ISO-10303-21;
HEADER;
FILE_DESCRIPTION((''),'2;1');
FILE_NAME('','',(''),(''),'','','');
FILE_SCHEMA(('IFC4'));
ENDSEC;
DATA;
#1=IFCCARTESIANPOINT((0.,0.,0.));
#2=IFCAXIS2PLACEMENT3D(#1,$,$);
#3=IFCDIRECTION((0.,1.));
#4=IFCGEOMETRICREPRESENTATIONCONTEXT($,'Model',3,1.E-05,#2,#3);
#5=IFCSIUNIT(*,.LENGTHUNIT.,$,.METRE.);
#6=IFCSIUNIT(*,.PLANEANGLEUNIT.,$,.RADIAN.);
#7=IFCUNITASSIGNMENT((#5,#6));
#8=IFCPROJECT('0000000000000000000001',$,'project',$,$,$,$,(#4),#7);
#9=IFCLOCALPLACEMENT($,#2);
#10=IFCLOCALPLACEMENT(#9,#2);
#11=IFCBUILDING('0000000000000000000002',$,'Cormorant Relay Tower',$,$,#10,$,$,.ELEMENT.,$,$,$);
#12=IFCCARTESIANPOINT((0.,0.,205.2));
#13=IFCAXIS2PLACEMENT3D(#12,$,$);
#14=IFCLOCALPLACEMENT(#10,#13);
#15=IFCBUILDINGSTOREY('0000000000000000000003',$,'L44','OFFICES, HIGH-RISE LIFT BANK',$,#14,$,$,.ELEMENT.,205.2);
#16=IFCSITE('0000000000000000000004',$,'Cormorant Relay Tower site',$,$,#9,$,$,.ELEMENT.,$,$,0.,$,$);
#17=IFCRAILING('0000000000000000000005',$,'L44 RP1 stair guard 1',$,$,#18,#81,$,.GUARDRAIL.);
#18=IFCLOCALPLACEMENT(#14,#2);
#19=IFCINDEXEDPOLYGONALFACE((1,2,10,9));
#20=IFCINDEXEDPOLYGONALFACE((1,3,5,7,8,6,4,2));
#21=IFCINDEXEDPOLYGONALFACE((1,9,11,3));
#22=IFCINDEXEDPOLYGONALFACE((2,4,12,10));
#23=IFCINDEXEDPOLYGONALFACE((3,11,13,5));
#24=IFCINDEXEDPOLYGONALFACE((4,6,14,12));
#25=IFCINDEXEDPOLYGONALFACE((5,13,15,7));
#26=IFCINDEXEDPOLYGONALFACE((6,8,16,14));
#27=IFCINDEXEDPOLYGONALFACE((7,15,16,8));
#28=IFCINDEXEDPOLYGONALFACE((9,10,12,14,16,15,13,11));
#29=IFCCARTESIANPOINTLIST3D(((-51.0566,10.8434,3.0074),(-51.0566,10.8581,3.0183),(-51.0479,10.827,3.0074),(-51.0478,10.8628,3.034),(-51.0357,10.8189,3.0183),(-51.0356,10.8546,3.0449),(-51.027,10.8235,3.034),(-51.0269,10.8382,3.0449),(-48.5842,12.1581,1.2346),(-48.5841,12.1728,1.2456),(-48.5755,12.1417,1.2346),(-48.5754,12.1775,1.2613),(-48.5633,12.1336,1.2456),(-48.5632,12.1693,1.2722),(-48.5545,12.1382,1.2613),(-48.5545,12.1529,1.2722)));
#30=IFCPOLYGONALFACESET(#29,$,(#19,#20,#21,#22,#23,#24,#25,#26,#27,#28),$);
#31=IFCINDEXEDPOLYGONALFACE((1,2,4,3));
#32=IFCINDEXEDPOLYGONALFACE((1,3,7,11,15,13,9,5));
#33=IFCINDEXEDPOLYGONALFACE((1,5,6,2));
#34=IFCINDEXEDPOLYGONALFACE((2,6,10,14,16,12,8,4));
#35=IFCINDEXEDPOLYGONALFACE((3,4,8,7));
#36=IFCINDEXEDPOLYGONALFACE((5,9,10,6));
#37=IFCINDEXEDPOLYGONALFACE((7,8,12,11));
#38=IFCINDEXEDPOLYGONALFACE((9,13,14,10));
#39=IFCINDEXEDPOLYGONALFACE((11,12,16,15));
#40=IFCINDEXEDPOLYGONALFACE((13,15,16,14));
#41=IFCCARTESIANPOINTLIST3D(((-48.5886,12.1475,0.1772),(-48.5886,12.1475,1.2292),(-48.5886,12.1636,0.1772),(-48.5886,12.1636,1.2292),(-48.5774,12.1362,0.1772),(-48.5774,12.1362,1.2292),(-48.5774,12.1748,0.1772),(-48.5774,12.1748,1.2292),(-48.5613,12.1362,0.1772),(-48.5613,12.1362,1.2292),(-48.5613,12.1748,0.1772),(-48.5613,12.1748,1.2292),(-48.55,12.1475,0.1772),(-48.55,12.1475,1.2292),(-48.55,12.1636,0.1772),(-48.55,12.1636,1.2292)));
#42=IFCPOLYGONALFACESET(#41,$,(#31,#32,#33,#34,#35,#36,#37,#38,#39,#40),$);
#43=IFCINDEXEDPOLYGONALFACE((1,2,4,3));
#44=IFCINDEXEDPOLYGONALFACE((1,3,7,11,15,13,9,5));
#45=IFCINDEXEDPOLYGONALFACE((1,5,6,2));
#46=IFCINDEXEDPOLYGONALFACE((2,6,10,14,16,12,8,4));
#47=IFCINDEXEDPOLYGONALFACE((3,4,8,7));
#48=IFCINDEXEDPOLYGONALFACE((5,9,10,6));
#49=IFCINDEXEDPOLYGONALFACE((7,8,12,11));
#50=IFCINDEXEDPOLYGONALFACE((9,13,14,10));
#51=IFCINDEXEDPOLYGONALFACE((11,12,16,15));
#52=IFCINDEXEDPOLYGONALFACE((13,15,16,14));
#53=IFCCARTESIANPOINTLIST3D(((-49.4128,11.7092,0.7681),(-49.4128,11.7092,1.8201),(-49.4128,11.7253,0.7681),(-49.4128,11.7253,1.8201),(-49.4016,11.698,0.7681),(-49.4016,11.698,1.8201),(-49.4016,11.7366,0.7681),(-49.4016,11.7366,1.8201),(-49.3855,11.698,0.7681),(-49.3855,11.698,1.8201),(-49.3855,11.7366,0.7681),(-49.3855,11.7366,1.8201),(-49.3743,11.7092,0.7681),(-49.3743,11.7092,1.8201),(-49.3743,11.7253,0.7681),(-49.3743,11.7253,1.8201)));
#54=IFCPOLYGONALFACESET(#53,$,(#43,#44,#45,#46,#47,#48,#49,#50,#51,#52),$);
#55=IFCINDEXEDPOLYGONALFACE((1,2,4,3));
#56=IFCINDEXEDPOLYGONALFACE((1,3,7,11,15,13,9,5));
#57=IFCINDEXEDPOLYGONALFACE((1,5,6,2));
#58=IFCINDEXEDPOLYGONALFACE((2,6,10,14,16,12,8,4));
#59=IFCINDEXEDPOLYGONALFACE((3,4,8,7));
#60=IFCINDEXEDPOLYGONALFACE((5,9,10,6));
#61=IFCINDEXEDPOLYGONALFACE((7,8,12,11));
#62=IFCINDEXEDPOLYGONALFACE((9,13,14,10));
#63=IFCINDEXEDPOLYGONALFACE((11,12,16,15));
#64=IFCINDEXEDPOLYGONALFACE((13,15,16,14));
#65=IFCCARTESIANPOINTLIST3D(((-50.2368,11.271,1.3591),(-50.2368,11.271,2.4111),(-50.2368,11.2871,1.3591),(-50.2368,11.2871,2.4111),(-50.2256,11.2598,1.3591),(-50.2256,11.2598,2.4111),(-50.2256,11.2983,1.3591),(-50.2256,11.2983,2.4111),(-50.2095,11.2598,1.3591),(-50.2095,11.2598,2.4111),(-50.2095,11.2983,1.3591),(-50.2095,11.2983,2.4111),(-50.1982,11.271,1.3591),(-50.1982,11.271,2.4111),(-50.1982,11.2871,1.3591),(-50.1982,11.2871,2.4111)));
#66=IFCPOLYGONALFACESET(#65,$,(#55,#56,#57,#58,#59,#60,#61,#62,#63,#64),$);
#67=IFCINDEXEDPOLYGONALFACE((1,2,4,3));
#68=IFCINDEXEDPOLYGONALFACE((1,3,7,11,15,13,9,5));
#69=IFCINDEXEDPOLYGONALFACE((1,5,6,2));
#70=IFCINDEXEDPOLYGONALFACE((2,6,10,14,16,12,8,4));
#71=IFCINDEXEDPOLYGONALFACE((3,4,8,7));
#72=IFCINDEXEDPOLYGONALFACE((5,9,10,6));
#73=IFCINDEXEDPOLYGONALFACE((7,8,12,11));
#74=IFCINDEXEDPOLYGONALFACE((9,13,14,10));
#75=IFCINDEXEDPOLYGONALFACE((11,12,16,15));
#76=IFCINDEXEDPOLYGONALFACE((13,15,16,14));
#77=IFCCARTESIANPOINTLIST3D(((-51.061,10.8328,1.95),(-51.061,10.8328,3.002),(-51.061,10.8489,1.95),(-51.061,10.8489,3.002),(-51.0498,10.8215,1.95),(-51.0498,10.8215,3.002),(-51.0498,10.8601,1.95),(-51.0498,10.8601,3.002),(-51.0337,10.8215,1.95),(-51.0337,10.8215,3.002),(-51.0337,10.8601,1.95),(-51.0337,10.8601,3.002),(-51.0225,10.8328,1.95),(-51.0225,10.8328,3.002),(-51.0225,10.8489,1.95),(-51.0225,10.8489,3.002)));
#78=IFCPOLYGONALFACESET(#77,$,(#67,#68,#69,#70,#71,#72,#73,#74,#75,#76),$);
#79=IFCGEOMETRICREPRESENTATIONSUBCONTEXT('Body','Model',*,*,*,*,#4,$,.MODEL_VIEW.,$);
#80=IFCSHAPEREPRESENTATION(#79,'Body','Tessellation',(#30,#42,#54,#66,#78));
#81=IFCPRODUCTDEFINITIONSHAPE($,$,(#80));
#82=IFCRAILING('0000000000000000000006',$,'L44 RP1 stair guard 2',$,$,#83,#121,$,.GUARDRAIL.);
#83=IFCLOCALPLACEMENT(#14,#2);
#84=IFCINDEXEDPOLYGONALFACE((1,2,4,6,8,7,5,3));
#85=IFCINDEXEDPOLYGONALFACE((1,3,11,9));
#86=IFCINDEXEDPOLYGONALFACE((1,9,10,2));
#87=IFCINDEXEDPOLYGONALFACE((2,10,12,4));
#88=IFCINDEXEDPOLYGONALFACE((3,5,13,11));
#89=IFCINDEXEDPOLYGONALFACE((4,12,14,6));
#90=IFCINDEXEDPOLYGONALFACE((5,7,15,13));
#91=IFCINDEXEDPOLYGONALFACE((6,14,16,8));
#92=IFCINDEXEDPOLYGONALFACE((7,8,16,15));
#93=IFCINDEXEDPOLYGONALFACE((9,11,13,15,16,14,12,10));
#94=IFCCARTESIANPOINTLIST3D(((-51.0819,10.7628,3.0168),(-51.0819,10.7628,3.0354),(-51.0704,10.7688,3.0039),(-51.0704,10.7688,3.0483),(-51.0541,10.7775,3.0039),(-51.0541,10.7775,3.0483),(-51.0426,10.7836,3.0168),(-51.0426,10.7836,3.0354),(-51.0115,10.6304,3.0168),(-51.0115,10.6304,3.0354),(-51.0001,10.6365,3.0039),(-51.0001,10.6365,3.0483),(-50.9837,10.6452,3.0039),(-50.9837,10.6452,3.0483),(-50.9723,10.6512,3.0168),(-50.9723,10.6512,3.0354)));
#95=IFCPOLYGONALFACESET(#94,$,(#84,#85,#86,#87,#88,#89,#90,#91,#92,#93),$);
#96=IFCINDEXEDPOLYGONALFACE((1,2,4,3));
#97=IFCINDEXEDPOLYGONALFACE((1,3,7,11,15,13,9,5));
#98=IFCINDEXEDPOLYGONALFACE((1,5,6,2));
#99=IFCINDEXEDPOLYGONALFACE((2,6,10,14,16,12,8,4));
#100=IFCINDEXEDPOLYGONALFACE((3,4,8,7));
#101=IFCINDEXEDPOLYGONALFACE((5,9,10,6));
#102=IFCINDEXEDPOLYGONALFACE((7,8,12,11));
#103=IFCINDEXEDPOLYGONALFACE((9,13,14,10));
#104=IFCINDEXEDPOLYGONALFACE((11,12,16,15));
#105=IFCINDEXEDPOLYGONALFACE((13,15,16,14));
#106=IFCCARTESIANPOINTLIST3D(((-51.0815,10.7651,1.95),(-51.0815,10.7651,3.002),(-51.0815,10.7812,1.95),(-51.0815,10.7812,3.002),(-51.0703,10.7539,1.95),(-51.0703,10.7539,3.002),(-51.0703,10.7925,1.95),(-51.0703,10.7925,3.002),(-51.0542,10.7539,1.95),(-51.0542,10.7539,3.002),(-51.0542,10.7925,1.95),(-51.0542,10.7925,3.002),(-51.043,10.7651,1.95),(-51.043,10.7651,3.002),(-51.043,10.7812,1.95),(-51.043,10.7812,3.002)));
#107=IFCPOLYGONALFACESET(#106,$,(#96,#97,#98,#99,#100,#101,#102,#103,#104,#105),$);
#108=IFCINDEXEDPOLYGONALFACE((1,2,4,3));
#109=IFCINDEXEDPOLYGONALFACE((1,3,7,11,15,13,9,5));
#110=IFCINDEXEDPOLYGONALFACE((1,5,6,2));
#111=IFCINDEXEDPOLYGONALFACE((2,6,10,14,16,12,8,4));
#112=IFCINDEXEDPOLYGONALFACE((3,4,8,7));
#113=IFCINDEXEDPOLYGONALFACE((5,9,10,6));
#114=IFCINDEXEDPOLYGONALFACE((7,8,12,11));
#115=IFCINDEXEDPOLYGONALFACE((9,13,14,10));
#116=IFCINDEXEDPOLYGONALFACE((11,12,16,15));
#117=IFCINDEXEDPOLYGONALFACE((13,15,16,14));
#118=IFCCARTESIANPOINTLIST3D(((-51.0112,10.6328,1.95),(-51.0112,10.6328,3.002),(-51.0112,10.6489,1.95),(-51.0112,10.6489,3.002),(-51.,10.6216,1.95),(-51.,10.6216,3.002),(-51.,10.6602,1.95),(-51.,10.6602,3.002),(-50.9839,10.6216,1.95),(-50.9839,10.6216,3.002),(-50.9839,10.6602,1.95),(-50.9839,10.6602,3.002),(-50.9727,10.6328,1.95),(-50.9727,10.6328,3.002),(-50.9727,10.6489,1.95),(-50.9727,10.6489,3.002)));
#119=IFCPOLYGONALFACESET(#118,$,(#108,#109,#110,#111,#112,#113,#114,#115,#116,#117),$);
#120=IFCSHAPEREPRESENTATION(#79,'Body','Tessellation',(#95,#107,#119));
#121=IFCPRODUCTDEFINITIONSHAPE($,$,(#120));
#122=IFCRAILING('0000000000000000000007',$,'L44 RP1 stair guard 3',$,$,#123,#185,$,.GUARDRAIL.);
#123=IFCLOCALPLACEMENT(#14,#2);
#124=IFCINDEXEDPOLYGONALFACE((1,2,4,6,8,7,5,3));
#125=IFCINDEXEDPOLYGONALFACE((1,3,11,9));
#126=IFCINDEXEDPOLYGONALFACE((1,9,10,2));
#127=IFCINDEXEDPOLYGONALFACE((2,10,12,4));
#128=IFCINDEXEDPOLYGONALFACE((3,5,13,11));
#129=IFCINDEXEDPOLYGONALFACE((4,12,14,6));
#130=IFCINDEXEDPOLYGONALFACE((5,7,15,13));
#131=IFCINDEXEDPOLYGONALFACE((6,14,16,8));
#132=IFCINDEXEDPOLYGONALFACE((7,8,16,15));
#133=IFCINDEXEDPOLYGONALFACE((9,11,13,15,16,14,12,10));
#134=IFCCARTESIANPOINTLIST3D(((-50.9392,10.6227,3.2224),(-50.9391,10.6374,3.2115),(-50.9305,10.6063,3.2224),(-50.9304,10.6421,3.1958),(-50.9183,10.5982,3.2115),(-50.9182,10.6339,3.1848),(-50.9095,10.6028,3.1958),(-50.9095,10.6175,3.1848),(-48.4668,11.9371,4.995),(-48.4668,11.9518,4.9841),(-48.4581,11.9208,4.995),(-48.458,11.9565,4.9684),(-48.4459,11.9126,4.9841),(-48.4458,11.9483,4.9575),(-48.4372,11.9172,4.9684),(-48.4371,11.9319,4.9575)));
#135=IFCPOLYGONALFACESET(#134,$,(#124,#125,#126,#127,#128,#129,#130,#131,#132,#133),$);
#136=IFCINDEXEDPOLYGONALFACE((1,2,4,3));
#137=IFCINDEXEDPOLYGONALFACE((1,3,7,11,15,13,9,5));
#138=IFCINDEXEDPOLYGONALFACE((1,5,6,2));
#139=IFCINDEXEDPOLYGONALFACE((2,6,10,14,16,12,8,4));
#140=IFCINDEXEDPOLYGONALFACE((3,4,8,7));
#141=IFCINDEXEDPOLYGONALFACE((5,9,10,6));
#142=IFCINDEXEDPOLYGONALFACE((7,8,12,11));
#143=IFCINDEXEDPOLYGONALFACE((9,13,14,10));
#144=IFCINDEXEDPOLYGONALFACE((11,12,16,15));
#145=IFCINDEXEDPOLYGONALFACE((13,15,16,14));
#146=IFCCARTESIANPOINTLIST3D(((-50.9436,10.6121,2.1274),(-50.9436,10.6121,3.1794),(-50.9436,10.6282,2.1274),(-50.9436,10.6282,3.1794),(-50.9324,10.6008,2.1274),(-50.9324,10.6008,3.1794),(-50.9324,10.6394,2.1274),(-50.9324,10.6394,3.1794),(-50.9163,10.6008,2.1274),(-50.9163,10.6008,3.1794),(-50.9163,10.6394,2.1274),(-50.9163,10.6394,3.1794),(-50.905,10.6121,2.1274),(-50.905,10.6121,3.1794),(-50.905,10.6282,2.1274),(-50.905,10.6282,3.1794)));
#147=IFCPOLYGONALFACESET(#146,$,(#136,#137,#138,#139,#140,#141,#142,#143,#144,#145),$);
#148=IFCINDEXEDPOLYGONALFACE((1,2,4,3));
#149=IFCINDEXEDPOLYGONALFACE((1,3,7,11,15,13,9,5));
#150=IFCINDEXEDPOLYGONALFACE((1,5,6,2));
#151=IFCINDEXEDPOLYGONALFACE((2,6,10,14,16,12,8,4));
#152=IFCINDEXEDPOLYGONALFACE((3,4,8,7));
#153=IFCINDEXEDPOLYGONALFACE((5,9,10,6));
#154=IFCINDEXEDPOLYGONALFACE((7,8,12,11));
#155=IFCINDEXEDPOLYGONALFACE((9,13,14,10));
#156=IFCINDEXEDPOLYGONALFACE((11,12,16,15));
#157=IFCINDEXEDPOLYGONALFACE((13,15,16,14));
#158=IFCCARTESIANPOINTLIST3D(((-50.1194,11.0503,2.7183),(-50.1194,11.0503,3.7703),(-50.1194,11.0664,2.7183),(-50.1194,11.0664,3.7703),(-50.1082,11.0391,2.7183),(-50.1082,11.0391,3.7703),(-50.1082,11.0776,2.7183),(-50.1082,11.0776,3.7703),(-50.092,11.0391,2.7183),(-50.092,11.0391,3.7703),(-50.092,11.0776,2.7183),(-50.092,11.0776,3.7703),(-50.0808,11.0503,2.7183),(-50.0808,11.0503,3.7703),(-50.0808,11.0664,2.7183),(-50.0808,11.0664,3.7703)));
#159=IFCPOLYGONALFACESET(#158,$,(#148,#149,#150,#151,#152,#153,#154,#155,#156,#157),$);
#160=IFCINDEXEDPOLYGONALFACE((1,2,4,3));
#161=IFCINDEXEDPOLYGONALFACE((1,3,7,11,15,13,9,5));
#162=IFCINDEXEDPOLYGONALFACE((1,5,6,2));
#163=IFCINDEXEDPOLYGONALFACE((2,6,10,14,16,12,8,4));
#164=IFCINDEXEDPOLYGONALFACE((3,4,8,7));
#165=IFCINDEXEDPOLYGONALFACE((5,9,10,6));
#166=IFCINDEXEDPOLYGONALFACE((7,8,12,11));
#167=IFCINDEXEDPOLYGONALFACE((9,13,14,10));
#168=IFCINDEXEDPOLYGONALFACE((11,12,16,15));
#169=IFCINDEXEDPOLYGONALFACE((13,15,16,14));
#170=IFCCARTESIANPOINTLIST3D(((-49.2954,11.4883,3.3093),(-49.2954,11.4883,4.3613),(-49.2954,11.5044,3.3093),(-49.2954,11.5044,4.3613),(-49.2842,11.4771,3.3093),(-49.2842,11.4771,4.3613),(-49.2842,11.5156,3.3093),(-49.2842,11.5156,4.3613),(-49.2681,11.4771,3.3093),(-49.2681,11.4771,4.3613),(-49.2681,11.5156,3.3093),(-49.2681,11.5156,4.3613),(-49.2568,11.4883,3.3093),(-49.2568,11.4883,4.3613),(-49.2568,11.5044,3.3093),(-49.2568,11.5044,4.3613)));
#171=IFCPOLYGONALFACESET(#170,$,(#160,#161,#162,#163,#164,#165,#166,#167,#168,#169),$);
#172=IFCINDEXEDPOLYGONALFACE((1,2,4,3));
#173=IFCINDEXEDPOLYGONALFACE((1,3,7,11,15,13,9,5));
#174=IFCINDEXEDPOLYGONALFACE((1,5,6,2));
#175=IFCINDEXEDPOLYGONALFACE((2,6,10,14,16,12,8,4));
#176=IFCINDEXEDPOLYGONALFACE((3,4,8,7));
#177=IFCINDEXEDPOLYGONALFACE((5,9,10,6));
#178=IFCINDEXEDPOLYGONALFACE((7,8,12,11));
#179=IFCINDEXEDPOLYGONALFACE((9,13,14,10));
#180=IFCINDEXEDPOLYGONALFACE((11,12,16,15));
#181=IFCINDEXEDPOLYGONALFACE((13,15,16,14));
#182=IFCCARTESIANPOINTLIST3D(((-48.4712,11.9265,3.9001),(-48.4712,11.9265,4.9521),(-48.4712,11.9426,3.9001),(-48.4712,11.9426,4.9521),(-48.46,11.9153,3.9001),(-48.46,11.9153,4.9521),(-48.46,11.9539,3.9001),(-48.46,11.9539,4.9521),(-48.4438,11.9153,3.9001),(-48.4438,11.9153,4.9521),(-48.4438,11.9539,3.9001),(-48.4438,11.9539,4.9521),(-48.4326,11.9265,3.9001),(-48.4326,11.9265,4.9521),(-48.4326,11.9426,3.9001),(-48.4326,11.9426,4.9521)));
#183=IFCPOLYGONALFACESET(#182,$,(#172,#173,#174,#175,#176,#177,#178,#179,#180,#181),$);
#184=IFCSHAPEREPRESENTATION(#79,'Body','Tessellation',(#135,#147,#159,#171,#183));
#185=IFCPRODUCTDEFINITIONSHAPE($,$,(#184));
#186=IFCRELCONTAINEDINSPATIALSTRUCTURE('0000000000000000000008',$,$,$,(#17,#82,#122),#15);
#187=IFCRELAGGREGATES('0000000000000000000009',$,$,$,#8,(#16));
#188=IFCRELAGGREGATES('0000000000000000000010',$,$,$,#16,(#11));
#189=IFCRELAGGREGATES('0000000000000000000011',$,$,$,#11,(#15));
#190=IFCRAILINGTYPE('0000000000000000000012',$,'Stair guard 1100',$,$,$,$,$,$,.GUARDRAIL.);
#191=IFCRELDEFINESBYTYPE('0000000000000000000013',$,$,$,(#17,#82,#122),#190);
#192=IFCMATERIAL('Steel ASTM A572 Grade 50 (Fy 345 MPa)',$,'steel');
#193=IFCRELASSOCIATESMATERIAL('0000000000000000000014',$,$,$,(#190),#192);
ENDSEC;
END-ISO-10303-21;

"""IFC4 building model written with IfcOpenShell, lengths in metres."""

from ifc_helpers import new_model, si_unit, direction, frame, origin, place, context, subcontext, project, spatial, polyline, outline, extrude, material, type_object, element, save


model = new_model("IFC4")

# Units and contexts
model_context = context("Model", 3, precision=1e-05, world=origin(), true_north=direction((0.0, 1.0)))
body_context = subcontext(model_context, "Body", "Model", "MODEL_VIEW")
ifc_project = project(units=[si_unit("LENGTHUNIT", "METRE"), si_unit("PLANEANGLEUNIT", "RADIAN")], contexts=[model_context])

# Site, building, storey
site_placement = place(None, origin())
site = spatial("IfcSite", under=ifc_project, at=site_placement, Name="Cormorant Relay Tower site", CompositionType="ELEMENT", RefElevation=0.0)
building_placement = place(site_placement, origin())
building = spatial("IfcBuilding", under=site, at=building_placement, Name="Cormorant Relay Tower", CompositionType="ELEMENT")
storey_placement = place(building_placement, frame((0.0, 0.0, 205.2)))
storey = spatial("IfcBuildingStorey", under=building, at=storey_placement, Name="L44", Description="OFFICES, HIGH-RISE LIFT BANK", CompositionType="ELEMENT", Elevation=205.2)

# Railings
ifc_material_1 = material(Name="Steel ASTM A572 Grade 50 (Fy 345 MPa)", Category="steel")
railing_type_1 = type_object("IfcRailingType", Name="Stair guard 1100", PredefinedType="GUARDRAIL", material=ifc_material_1)
railing_1_placement = place(storey_placement, frame((-48.5693, 12.1555, 0.1772)))
element("IfcRailing", 1, at=railing_1_placement, inside=storey, type_object=railing_type_1, Name="L44 RP1 stair guard 1", PredefinedType="GUARDRAIL", context=body_context, shape_type="SweptSolid", body=[
    extrude(outline(polyline([(0.0222, 0.0093), (0.0093, 0.0222), (-0.0093, 0.0222), (-0.0222, 0.0093), (-0.0222, -0.0093), (-0.0093, -0.0222), (0.0093, -0.0222), (0.0222, -0.0093), (0.0222, 0.0093)])), frame((0.0, 0.0, 1.0762), z_axis=(-0.746012, -0.39669, 0.534886), x_axis=(0.469497, -0.882934, 0.0)), (0.0, 0.0, 1.0), 3.3142),
    extrude(outline(polyline([(0.0193, 0.0081), (0.0081, 0.0193), (-0.0081, 0.0193), (-0.0193, 0.0081), (-0.0193, -0.0081), (-0.0081, -0.0193), (0.0081, -0.0193), (0.0193, -0.0081), (0.0193, 0.0081)])), origin(), (0.0, 0.0, 1.0), 1.052),
    extrude(outline(polyline([(0.0193, 0.0081), (0.0081, 0.0193), (-0.0081, 0.0193), (-0.0193, 0.0081), (-0.0193, -0.0081), (-0.0081, -0.0193), (0.0081, -0.0193), (0.0193, -0.0081), (0.0193, 0.0081)])), frame((-0.8242, -0.4382, 0.5908)), (0.0, 0.0, 1.0), 1.052),
    extrude(outline(polyline([(0.0193, 0.0081), (0.0081, 0.0193), (-0.0081, 0.0193), (-0.0193, 0.0081), (-0.0193, -0.0081), (-0.0081, -0.0193), (0.0081, -0.0193), (0.0193, -0.0081), (0.0193, 0.0081)])), frame((-1.6482, -0.8765, 1.1819)), (0.0, 0.0, 1.0), 1.052),
    extrude(outline(polyline([(0.0193, 0.0081), (0.0081, 0.0193), (-0.0081, 0.0193), (-0.0193, 0.0081), (-0.0193, -0.0081), (-0.0081, -0.0193), (0.0081, -0.0193), (0.0193, -0.0081), (0.0193, 0.0081)])), frame((-2.4724, -1.3147, 1.7727)), (0.0, 0.0, 1.0), 1.052),
])
railing_2_placement = place(storey_placement, frame((-51.0623, 10.7732, 1.95)))
element("IfcRailing", 2, at=railing_2_placement, inside=storey, type_object=railing_type_1, Name="L44 RP1 stair guard 2", PredefinedType="GUARDRAIL", context=body_context, shape_type="SweptSolid", body=[
    extrude(outline(polyline([(0.0222, 0.0093), (0.0093, 0.0222), (-0.0093, 0.0222), (-0.0222, 0.0093), (-0.0222, -0.0093), (-0.0093, -0.0222), (0.0093, -0.0222), (0.0222, -0.0093), (0.0222, 0.0093)])), frame((0.0, 0.0, 1.0762), z_axis=(0.469235, -0.883074, 0.0), x_axis=(0.883074, 0.469235, 0.0)), (0.0, 0.0, 1.0), 0.1499),
    extrude(outline(polyline([(0.0193, 0.0081), (0.0081, 0.0193), (-0.0081, 0.0193), (-0.0193, 0.0081), (-0.0193, -0.0081), (-0.0081, -0.0193), (0.0081, -0.0193), (0.0193, -0.0081), (0.0193, 0.0081)])), origin(), (0.0, 0.0, 1.0), 1.052),
    extrude(outline(polyline([(0.0193, 0.0081), (0.0081, 0.0193), (-0.0081, 0.0193), (-0.0193, 0.0081), (-0.0193, -0.0081), (-0.0081, -0.0193), (0.0081, -0.0193), (0.0193, -0.0081), (0.0193, 0.0081)])), frame((0.0703, -0.1323, 0.0)), (0.0, 0.0, 1.0), 1.052),
])
railing_3_placement = place(storey_placement, frame((-50.9243, 10.6201, 2.1274)))
element("IfcRailing", 3, at=railing_3_placement, inside=storey, type_object=railing_type_1, Name="L44 RP1 stair guard 3", PredefinedType="GUARDRAIL", context=body_context, shape_type="SweptSolid", body=[
    extrude(outline(polyline([(0.0222, 0.0093), (0.0093, 0.0222), (-0.0093, 0.0222), (-0.0222, 0.0093), (-0.0222, -0.0093), (-0.0093, -0.0222), (0.0093, -0.0222), (0.0222, -0.0093), (0.0222, 0.0093)])), frame((0.0, 0.0, 1.0762), z_axis=(0.746034, 0.396627, 0.534902), x_axis=(-0.469429, 0.88297, 0.0)), (0.0, 0.0, 1.0), 3.314),
    extrude(outline(polyline([(0.0193, 0.0081), (0.0081, 0.0193), (-0.0081, 0.0193), (-0.0193, 0.0081), (-0.0193, -0.0081), (-0.0081, -0.0193), (0.0081, -0.0193), (0.0193, -0.0081), (0.0193, 0.0081)])), origin(), (0.0, 0.0, 1.0), 1.052),
    extrude(outline(polyline([(0.0193, 0.0081), (0.0081, 0.0193), (-0.0081, 0.0193), (-0.0193, 0.0081), (-0.0193, -0.0081), (-0.0081, -0.0193), (0.0081, -0.0193), (0.0193, -0.0081), (0.0193, 0.0081)])), frame((0.8242, 0.4382, 0.5908)), (0.0, 0.0, 1.0), 1.052),
    extrude(outline(polyline([(0.0193, 0.0081), (0.0081, 0.0193), (-0.0081, 0.0193), (-0.0193, 0.0081), (-0.0193, -0.0081), (-0.0081, -0.0193), (0.0081, -0.0193), (0.0193, -0.0081), (0.0193, 0.0081)])), frame((1.6482, 0.8762, 1.1819)), (0.0, 0.0, 1.0), 1.052),
    extrude(outline(polyline([(0.0193, 0.0081), (0.0081, 0.0193), (-0.0081, 0.0193), (-0.0193, 0.0081), (-0.0193, -0.0081), (-0.0081, -0.0193), (0.0081, -0.0193), (0.0193, -0.0081), (0.0193, 0.0081)])), frame((2.4724, 1.3145, 1.7727)), (0.0, 0.0, 1.0), 1.052),
])

save(model, "model.ifc")
